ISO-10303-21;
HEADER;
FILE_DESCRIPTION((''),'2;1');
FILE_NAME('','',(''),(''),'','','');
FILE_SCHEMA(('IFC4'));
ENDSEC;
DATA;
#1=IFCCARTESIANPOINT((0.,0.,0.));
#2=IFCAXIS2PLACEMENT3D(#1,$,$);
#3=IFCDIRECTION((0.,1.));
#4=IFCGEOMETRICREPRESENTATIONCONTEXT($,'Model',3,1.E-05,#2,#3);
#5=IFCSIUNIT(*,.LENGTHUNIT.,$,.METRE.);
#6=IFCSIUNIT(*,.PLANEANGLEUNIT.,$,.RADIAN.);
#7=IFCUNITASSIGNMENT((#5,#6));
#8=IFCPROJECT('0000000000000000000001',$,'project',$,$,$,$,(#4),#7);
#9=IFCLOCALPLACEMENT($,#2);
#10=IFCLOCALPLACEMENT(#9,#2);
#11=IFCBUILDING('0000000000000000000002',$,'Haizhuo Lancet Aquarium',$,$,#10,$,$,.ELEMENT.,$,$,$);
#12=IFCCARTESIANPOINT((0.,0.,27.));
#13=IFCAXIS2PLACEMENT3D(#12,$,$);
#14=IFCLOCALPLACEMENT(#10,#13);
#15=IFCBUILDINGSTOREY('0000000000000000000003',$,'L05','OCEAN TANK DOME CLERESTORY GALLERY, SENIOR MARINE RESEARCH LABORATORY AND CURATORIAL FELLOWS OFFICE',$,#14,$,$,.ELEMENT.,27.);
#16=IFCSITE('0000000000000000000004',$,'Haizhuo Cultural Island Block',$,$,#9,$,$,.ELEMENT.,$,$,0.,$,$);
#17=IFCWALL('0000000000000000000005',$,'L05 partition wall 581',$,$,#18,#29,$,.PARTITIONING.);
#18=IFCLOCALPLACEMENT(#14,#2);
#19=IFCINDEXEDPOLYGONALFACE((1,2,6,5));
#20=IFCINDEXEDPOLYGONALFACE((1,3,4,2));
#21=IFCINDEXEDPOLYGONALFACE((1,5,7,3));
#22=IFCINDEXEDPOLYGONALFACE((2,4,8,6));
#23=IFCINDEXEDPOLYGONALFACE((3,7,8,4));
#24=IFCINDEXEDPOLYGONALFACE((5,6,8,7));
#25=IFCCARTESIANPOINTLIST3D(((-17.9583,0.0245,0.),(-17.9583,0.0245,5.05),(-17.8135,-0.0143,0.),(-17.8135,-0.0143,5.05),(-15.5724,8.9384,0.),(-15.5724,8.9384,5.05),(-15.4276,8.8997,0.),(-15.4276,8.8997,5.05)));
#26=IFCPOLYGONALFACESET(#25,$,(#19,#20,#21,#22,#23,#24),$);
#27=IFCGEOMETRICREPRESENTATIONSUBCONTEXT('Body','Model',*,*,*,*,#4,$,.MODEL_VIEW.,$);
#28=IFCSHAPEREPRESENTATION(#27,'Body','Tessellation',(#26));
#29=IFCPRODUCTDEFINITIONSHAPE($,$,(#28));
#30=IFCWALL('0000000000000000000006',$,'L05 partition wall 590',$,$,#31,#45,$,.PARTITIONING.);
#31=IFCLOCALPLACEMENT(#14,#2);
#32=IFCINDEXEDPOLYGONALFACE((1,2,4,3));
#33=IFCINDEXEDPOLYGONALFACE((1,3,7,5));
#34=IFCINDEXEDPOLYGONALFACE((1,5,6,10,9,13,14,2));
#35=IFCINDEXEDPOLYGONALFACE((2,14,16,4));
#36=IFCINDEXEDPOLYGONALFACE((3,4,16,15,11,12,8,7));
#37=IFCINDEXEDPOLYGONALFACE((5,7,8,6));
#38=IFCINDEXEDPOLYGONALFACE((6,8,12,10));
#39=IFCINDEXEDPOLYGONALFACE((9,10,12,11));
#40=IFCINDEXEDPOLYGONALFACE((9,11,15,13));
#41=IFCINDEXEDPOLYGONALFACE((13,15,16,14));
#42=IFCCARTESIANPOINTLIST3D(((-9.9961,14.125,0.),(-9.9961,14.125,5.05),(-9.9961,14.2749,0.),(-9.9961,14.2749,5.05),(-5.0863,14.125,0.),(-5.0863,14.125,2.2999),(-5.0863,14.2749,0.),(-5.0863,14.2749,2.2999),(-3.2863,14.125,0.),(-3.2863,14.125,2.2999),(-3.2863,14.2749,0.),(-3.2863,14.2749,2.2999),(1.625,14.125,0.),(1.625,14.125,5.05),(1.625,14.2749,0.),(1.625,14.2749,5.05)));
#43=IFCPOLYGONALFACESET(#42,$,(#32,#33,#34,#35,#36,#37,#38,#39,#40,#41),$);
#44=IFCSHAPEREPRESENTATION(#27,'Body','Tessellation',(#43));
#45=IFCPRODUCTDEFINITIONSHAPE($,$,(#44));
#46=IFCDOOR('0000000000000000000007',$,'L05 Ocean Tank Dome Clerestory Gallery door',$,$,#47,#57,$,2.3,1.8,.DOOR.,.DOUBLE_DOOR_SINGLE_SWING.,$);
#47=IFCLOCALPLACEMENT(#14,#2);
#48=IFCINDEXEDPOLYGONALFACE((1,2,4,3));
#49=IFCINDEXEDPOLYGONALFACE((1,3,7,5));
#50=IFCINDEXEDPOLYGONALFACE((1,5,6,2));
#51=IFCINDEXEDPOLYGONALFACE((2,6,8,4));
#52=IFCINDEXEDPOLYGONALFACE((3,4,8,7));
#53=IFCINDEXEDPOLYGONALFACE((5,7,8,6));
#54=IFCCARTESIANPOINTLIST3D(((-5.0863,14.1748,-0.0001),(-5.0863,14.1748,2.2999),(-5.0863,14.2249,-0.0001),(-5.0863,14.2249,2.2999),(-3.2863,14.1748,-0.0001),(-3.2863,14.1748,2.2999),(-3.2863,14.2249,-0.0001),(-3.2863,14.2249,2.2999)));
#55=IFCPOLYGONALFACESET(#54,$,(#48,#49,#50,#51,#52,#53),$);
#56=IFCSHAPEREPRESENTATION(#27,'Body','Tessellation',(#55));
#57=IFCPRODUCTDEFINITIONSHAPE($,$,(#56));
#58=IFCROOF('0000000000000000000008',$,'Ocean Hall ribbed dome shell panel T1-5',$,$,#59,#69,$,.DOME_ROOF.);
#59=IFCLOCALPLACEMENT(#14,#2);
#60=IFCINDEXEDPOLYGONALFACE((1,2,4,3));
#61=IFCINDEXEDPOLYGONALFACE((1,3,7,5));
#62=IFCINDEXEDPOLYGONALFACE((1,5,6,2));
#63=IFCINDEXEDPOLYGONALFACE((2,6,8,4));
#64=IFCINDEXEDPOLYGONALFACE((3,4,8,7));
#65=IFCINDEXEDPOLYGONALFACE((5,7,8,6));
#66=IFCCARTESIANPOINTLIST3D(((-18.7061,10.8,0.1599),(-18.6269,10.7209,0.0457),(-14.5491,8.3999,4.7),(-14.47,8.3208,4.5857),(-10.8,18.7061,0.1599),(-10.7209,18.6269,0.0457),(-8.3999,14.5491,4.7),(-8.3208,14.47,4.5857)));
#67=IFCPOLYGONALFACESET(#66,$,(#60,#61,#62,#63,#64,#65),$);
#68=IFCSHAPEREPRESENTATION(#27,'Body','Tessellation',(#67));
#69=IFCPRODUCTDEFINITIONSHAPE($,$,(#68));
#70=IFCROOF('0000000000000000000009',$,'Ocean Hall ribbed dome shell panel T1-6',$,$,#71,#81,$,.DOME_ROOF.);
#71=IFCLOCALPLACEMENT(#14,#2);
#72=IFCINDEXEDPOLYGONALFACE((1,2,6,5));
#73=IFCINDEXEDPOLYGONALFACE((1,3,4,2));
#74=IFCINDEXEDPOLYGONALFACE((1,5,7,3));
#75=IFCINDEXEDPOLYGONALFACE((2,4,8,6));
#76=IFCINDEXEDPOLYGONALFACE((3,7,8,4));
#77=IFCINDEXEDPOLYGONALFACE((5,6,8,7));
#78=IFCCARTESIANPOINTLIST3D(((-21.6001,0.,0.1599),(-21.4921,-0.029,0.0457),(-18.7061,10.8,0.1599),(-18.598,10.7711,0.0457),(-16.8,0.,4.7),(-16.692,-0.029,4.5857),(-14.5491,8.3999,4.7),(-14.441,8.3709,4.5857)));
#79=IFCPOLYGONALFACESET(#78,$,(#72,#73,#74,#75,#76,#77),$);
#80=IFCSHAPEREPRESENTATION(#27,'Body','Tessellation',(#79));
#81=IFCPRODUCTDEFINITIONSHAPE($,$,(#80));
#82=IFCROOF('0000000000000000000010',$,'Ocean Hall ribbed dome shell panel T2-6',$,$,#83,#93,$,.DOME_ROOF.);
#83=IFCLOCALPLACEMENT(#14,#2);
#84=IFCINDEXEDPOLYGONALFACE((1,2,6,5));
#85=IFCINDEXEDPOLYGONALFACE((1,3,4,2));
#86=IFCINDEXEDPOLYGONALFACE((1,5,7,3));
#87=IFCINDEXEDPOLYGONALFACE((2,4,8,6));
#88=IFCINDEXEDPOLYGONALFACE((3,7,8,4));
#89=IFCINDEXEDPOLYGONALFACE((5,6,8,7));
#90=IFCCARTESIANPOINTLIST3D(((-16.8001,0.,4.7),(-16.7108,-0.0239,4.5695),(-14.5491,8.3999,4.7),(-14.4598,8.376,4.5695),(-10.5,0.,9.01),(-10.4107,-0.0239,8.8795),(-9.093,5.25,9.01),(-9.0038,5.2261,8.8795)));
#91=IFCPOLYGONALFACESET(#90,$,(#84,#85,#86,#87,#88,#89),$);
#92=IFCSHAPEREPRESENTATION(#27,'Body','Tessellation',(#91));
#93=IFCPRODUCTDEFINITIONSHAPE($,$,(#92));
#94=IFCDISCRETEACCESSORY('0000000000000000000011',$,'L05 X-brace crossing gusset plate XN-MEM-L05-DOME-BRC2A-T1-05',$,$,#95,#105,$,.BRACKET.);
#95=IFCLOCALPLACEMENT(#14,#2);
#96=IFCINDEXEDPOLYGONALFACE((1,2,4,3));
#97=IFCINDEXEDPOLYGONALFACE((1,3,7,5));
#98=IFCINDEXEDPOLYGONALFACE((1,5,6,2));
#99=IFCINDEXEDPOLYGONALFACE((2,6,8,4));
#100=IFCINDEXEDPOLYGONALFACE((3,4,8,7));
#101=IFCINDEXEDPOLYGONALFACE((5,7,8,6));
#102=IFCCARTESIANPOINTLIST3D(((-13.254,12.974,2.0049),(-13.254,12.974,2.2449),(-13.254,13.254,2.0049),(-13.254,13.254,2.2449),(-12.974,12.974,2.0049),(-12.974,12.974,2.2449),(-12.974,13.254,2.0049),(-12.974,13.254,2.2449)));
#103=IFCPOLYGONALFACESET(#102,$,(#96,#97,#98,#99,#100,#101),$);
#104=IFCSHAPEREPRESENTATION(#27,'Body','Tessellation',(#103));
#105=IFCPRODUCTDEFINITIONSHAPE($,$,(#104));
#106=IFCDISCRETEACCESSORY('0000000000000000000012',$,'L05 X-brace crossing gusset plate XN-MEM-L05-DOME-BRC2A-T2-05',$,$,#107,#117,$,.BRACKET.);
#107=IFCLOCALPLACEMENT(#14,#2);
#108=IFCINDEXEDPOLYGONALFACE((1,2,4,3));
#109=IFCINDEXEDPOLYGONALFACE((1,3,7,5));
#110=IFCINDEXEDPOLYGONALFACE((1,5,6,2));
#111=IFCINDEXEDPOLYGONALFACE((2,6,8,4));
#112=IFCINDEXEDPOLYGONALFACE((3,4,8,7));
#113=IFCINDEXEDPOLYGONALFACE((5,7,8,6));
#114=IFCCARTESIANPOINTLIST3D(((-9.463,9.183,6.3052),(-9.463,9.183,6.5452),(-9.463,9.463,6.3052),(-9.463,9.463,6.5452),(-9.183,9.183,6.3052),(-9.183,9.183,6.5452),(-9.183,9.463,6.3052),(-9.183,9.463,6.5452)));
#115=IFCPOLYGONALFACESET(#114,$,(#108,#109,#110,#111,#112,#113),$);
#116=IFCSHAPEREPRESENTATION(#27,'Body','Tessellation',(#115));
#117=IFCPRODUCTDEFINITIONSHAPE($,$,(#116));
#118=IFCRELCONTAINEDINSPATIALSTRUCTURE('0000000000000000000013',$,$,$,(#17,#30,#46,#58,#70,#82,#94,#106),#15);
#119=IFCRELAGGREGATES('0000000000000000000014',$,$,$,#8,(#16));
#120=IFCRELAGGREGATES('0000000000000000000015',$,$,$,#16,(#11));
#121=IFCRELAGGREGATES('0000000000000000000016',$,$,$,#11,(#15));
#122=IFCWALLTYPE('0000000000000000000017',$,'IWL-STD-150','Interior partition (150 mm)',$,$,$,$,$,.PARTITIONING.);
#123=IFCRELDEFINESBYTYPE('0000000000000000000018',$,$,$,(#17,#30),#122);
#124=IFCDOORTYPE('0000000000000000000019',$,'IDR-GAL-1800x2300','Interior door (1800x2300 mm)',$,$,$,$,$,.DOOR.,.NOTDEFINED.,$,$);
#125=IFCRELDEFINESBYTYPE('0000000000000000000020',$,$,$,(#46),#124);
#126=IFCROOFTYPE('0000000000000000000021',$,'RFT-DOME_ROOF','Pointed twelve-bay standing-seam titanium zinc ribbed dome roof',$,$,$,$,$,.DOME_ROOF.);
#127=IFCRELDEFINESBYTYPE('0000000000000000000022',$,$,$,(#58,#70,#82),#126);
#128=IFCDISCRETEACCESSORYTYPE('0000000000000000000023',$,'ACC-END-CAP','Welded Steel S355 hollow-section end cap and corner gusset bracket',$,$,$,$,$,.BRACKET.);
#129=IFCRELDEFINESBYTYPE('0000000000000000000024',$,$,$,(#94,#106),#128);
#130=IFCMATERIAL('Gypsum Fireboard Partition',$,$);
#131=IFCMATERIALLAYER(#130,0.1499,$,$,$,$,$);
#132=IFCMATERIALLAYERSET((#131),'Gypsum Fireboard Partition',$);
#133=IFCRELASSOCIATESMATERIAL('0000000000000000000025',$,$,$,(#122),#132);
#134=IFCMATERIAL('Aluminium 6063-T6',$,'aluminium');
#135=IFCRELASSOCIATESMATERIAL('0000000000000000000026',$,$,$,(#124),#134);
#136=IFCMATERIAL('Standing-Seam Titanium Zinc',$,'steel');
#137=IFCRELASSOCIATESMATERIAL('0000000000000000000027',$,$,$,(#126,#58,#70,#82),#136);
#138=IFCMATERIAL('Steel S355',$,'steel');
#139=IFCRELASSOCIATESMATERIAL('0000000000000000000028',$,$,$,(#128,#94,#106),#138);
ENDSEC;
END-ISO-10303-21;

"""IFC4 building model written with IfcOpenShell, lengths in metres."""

from ifc_helpers import new_model, si_unit, direction, frame, frame_2d, origin, origin_2d, place, context, subcontext, project, spatial, polyline, rectangle, outline, extrude, material, layer, layer_set, type_object, element, fill, save


model = new_model("IFC4")

# Units and contexts
model_context = context("Model", 3, precision=1e-05, world=origin(), true_north=direction((0.0, 1.0)))
body_context = subcontext(model_context, "Body", "Model", "MODEL_VIEW")
ifc_project = project(units=[si_unit("LENGTHUNIT", "METRE"), si_unit("PLANEANGLEUNIT", "RADIAN")], contexts=[model_context])

# Site, building, storey
site_placement = place(None, origin())
site = spatial("IfcSite", under=ifc_project, at=site_placement, Name="Haizhuo Cultural Island Block", CompositionType="ELEMENT", RefElevation=0.0)
building_placement = place(site_placement, origin())
building = spatial("IfcBuilding", under=site, at=building_placement, Name="Haizhuo Lancet Aquarium", CompositionType="ELEMENT")
storey_placement = place(building_placement, frame((0.0, 0.0, 27.0)))
storey = spatial("IfcBuildingStorey", under=building, at=storey_placement, Name="L05", Description="OCEAN TANK DOME CLERESTORY GALLERY, SENIOR MARINE RESEARCH LABORATORY AND CURATORIAL FELLOWS OFFICE", CompositionType="ELEMENT", Elevation=27.0)

# Shared definitions
ifc_material_1 = material(Name="Steel S355", Category="steel")

# Wall
ifc_material_2 = material(Name="Gypsum Fireboard Partition")
ifc_layer_1 = layer(ifc_material_2, 0.1499)
ifc_layer_set_1 = layer_set([ifc_layer_1], Name="Gypsum Fireboard Partition")
wall_type = type_object("IfcWallType", Name="IWL-STD-150", Description="Interior partition (150 mm)", PredefinedType="PARTITIONING", material=ifc_layer_set_1)
wall_1_placement = place(storey_placement, frame((-15.5, 8.9189, 0.0), z_axis=(0.0, 0.0, 1.0), x_axis=(-0.258563, -0.965994, 0.0)))
element("IfcWall", 1, at=wall_1_placement, inside=storey, type_object=wall_type, Name="L05 partition wall 581", PredefinedType="PARTITIONING", context=body_context, shape_type="SweptSolid", body=[
    extrude(rectangle(XDim=9.2278, YDim=0.1499, at=frame_2d((4.6138, 0.0))), origin(), (0.0, 0.0, 1.0), 5.05),
])

# Wall, opening, door
wall_2_placement = place(storey_placement, frame((-9.9961, 14.2, 0.0), z_axis=(0.0, 0.0, 1.0), x_axis=(1.0, 0.0, 0.0)))
wall_2 = element("IfcWall", 2, at=wall_2_placement, inside=storey, type_object=wall_type, Name="L05 partition wall 590", PredefinedType="PARTITIONING", context=body_context, shape_type="SweptSolid", body=[
    extrude(rectangle(XDim=11.6211, YDim=0.1499, at=frame_2d((5.8105, 0.0))), origin(), (0.0, 0.0, 1.0), 5.05),
])
opening_placement = place(wall_2_placement, frame((4.9099, 0.0, 0.0)))
opening = element("IfcOpeningElement", 3, at=opening_placement, cuts=wall_2, PredefinedType="OPENING", context=body_context, shape_type="SweptSolid", body=[
    extrude(rectangle(XDim=1.8, YDim=2.3, at=frame_2d((0.8999, 1.1499))), frame((0.0, 0.085, 0.0), z_axis=(0.0, -1.0, 0.0), x_axis=(1.0, 0.0, 0.0)), (0.0, 0.0, 1.0), 0.1699),
])
ifc_material_3 = material(Name="Aluminium 6063-T6", Category="aluminium")
door_type = type_object("IfcDoorType", Name="IDR-GAL-1800x2300", Description="Interior door (1800x2300 mm)", OperationType="NOTDEFINED", PredefinedType="DOOR", material=ifc_material_3)
door_placement = place(opening_placement, origin())
door = element("IfcDoor", 4, at=door_placement, inside=storey, type_object=door_type, Name="L05 Ocean Tank Dome Clerestory Gallery door", OperationType="DOUBLE_DOOR_SINGLE_SWING", OverallHeight=2.3, OverallWidth=1.8, PredefinedType="DOOR", context=body_context, shape_type="SweptSolid", body=[
    extrude(rectangle(XDim=1.8, YDim=2.3, at=frame_2d((0.8999, 1.1499))), frame((0.0, 0.0249, 0.0), z_axis=(0.0, -1.0, 0.0), x_axis=(1.0, 0.0, 0.0)), (0.0, 0.0, 1.0), 0.05),
])
fill(opening, door)

# Roofs
ifc_material_4 = material(Name="Standing-Seam Titanium Zinc", Category="steel")
roof_type = type_object("IfcRoofType", Name="RFT-DOME_ROOF", Description="Pointed twelve-bay standing-seam titanium zinc ribbed dome roof", PredefinedType="DOME_ROOF", material=ifc_material_4)
roof_1_placement = place(storey_placement, frame((-10.8, 18.7061, 0.1599), z_axis=(-0.494712, 0.494712, 0.714507), x_axis=(-0.707107, -0.707107, 0.0)))
element("IfcRoof", 5, at=roof_1_placement, inside=storey, type_object=roof_type, material=ifc_material_4, Name="Ocean Hall ribbed dome shell panel T1-5", PredefinedType="DOME_ROOF", context=body_context, shape_type="SweptSolid", body=[
    extrude(outline(polyline([(0.0, 0.0), (11.1808, 0.0), (9.9385, 6.4892), (1.2423, 6.4892), (0.0, 0.0)])), origin(), (0.0, 0.0, -1.0), 0.1599),
])
roof_2_placement = place(storey_placement, frame((-18.7061, 10.8, 0.1599), z_axis=(-0.675791, 0.181092, 0.714501), x_axis=(-0.258836, -0.965921, 0.000002)))
element("IfcRoof", 6, at=roof_2_placement, inside=storey, type_object=roof_type, material=ifc_material_4, Name="Ocean Hall ribbed dome shell panel T1-6", PredefinedType="DOME_ROOF", context=body_context, shape_type="SweptSolid", body=[
    extrude(outline(polyline([(0.0, 0.0), (11.1811, 0.0), (9.9387, 6.4891), (1.2424, 6.4892), (0.0, 0.0)])), origin(), (0.0, 0.0, -1.0), 0.1599),
])
roof_3_placement = place(storey_placement, frame((-14.5491, 8.3999, 4.7), z_axis=(-0.55828, 0.14961, 0.816051), x_axis=(-0.258846, -0.965919, 0.000003)))
element("IfcRoof", 7, at=roof_3_placement, inside=storey, type_object=roof_type, material=ifc_material_4, Name="Ocean Hall ribbed dome shell panel T2-6", PredefinedType="DOME_ROOF", context=body_context, shape_type="SweptSolid", body=[
    extrude(outline(polyline([(0.0, 0.0), (8.6963, 0.0), (7.0656, 7.4571), (1.6303, 7.4572), (0.0, 0.0)])), origin(), (0.0, 0.0, -1.0), 0.1599),
])

# Discrete accessories
discrete_accessory_type = type_object("IfcDiscreteAccessoryType", Name="ACC-END-CAP", Description="Welded Steel S355 hollow-section end cap and corner gusset bracket", PredefinedType="BRACKET", material=ifc_material_1)
for number, where, z_axis, x_axis, name in (
    (8, (-13.114, 13.114, 2.0049), (0.0, 0.0, 1.0), (1.0, 0.0, 0.0), "L05 X-brace crossing gusset plate XN-MEM-L05-DOME-BRC2A-T1-05"),
    (9, (-9.323, 9.323, 6.3052), (0.0, 0.0, 1.0), (1.0, 0.0, 0.0), "L05 X-brace crossing gusset plate XN-MEM-L05-DOME-BRC2A-T2-05"),
):
    element("IfcDiscreteAccessory", number, at=place(storey_placement, frame(where, z_axis=z_axis, x_axis=x_axis)), inside=storey, type_object=discrete_accessory_type, material=ifc_material_1, Name=name, PredefinedType="BRACKET", context=body_context, shape_type="SweptSolid", body=[
        extrude(rectangle(XDim=0.28, YDim=0.28, at=origin_2d()), origin(), (0.0, 0.0, 1.0), 0.24),
    ])

save(model, "model.ifc")
